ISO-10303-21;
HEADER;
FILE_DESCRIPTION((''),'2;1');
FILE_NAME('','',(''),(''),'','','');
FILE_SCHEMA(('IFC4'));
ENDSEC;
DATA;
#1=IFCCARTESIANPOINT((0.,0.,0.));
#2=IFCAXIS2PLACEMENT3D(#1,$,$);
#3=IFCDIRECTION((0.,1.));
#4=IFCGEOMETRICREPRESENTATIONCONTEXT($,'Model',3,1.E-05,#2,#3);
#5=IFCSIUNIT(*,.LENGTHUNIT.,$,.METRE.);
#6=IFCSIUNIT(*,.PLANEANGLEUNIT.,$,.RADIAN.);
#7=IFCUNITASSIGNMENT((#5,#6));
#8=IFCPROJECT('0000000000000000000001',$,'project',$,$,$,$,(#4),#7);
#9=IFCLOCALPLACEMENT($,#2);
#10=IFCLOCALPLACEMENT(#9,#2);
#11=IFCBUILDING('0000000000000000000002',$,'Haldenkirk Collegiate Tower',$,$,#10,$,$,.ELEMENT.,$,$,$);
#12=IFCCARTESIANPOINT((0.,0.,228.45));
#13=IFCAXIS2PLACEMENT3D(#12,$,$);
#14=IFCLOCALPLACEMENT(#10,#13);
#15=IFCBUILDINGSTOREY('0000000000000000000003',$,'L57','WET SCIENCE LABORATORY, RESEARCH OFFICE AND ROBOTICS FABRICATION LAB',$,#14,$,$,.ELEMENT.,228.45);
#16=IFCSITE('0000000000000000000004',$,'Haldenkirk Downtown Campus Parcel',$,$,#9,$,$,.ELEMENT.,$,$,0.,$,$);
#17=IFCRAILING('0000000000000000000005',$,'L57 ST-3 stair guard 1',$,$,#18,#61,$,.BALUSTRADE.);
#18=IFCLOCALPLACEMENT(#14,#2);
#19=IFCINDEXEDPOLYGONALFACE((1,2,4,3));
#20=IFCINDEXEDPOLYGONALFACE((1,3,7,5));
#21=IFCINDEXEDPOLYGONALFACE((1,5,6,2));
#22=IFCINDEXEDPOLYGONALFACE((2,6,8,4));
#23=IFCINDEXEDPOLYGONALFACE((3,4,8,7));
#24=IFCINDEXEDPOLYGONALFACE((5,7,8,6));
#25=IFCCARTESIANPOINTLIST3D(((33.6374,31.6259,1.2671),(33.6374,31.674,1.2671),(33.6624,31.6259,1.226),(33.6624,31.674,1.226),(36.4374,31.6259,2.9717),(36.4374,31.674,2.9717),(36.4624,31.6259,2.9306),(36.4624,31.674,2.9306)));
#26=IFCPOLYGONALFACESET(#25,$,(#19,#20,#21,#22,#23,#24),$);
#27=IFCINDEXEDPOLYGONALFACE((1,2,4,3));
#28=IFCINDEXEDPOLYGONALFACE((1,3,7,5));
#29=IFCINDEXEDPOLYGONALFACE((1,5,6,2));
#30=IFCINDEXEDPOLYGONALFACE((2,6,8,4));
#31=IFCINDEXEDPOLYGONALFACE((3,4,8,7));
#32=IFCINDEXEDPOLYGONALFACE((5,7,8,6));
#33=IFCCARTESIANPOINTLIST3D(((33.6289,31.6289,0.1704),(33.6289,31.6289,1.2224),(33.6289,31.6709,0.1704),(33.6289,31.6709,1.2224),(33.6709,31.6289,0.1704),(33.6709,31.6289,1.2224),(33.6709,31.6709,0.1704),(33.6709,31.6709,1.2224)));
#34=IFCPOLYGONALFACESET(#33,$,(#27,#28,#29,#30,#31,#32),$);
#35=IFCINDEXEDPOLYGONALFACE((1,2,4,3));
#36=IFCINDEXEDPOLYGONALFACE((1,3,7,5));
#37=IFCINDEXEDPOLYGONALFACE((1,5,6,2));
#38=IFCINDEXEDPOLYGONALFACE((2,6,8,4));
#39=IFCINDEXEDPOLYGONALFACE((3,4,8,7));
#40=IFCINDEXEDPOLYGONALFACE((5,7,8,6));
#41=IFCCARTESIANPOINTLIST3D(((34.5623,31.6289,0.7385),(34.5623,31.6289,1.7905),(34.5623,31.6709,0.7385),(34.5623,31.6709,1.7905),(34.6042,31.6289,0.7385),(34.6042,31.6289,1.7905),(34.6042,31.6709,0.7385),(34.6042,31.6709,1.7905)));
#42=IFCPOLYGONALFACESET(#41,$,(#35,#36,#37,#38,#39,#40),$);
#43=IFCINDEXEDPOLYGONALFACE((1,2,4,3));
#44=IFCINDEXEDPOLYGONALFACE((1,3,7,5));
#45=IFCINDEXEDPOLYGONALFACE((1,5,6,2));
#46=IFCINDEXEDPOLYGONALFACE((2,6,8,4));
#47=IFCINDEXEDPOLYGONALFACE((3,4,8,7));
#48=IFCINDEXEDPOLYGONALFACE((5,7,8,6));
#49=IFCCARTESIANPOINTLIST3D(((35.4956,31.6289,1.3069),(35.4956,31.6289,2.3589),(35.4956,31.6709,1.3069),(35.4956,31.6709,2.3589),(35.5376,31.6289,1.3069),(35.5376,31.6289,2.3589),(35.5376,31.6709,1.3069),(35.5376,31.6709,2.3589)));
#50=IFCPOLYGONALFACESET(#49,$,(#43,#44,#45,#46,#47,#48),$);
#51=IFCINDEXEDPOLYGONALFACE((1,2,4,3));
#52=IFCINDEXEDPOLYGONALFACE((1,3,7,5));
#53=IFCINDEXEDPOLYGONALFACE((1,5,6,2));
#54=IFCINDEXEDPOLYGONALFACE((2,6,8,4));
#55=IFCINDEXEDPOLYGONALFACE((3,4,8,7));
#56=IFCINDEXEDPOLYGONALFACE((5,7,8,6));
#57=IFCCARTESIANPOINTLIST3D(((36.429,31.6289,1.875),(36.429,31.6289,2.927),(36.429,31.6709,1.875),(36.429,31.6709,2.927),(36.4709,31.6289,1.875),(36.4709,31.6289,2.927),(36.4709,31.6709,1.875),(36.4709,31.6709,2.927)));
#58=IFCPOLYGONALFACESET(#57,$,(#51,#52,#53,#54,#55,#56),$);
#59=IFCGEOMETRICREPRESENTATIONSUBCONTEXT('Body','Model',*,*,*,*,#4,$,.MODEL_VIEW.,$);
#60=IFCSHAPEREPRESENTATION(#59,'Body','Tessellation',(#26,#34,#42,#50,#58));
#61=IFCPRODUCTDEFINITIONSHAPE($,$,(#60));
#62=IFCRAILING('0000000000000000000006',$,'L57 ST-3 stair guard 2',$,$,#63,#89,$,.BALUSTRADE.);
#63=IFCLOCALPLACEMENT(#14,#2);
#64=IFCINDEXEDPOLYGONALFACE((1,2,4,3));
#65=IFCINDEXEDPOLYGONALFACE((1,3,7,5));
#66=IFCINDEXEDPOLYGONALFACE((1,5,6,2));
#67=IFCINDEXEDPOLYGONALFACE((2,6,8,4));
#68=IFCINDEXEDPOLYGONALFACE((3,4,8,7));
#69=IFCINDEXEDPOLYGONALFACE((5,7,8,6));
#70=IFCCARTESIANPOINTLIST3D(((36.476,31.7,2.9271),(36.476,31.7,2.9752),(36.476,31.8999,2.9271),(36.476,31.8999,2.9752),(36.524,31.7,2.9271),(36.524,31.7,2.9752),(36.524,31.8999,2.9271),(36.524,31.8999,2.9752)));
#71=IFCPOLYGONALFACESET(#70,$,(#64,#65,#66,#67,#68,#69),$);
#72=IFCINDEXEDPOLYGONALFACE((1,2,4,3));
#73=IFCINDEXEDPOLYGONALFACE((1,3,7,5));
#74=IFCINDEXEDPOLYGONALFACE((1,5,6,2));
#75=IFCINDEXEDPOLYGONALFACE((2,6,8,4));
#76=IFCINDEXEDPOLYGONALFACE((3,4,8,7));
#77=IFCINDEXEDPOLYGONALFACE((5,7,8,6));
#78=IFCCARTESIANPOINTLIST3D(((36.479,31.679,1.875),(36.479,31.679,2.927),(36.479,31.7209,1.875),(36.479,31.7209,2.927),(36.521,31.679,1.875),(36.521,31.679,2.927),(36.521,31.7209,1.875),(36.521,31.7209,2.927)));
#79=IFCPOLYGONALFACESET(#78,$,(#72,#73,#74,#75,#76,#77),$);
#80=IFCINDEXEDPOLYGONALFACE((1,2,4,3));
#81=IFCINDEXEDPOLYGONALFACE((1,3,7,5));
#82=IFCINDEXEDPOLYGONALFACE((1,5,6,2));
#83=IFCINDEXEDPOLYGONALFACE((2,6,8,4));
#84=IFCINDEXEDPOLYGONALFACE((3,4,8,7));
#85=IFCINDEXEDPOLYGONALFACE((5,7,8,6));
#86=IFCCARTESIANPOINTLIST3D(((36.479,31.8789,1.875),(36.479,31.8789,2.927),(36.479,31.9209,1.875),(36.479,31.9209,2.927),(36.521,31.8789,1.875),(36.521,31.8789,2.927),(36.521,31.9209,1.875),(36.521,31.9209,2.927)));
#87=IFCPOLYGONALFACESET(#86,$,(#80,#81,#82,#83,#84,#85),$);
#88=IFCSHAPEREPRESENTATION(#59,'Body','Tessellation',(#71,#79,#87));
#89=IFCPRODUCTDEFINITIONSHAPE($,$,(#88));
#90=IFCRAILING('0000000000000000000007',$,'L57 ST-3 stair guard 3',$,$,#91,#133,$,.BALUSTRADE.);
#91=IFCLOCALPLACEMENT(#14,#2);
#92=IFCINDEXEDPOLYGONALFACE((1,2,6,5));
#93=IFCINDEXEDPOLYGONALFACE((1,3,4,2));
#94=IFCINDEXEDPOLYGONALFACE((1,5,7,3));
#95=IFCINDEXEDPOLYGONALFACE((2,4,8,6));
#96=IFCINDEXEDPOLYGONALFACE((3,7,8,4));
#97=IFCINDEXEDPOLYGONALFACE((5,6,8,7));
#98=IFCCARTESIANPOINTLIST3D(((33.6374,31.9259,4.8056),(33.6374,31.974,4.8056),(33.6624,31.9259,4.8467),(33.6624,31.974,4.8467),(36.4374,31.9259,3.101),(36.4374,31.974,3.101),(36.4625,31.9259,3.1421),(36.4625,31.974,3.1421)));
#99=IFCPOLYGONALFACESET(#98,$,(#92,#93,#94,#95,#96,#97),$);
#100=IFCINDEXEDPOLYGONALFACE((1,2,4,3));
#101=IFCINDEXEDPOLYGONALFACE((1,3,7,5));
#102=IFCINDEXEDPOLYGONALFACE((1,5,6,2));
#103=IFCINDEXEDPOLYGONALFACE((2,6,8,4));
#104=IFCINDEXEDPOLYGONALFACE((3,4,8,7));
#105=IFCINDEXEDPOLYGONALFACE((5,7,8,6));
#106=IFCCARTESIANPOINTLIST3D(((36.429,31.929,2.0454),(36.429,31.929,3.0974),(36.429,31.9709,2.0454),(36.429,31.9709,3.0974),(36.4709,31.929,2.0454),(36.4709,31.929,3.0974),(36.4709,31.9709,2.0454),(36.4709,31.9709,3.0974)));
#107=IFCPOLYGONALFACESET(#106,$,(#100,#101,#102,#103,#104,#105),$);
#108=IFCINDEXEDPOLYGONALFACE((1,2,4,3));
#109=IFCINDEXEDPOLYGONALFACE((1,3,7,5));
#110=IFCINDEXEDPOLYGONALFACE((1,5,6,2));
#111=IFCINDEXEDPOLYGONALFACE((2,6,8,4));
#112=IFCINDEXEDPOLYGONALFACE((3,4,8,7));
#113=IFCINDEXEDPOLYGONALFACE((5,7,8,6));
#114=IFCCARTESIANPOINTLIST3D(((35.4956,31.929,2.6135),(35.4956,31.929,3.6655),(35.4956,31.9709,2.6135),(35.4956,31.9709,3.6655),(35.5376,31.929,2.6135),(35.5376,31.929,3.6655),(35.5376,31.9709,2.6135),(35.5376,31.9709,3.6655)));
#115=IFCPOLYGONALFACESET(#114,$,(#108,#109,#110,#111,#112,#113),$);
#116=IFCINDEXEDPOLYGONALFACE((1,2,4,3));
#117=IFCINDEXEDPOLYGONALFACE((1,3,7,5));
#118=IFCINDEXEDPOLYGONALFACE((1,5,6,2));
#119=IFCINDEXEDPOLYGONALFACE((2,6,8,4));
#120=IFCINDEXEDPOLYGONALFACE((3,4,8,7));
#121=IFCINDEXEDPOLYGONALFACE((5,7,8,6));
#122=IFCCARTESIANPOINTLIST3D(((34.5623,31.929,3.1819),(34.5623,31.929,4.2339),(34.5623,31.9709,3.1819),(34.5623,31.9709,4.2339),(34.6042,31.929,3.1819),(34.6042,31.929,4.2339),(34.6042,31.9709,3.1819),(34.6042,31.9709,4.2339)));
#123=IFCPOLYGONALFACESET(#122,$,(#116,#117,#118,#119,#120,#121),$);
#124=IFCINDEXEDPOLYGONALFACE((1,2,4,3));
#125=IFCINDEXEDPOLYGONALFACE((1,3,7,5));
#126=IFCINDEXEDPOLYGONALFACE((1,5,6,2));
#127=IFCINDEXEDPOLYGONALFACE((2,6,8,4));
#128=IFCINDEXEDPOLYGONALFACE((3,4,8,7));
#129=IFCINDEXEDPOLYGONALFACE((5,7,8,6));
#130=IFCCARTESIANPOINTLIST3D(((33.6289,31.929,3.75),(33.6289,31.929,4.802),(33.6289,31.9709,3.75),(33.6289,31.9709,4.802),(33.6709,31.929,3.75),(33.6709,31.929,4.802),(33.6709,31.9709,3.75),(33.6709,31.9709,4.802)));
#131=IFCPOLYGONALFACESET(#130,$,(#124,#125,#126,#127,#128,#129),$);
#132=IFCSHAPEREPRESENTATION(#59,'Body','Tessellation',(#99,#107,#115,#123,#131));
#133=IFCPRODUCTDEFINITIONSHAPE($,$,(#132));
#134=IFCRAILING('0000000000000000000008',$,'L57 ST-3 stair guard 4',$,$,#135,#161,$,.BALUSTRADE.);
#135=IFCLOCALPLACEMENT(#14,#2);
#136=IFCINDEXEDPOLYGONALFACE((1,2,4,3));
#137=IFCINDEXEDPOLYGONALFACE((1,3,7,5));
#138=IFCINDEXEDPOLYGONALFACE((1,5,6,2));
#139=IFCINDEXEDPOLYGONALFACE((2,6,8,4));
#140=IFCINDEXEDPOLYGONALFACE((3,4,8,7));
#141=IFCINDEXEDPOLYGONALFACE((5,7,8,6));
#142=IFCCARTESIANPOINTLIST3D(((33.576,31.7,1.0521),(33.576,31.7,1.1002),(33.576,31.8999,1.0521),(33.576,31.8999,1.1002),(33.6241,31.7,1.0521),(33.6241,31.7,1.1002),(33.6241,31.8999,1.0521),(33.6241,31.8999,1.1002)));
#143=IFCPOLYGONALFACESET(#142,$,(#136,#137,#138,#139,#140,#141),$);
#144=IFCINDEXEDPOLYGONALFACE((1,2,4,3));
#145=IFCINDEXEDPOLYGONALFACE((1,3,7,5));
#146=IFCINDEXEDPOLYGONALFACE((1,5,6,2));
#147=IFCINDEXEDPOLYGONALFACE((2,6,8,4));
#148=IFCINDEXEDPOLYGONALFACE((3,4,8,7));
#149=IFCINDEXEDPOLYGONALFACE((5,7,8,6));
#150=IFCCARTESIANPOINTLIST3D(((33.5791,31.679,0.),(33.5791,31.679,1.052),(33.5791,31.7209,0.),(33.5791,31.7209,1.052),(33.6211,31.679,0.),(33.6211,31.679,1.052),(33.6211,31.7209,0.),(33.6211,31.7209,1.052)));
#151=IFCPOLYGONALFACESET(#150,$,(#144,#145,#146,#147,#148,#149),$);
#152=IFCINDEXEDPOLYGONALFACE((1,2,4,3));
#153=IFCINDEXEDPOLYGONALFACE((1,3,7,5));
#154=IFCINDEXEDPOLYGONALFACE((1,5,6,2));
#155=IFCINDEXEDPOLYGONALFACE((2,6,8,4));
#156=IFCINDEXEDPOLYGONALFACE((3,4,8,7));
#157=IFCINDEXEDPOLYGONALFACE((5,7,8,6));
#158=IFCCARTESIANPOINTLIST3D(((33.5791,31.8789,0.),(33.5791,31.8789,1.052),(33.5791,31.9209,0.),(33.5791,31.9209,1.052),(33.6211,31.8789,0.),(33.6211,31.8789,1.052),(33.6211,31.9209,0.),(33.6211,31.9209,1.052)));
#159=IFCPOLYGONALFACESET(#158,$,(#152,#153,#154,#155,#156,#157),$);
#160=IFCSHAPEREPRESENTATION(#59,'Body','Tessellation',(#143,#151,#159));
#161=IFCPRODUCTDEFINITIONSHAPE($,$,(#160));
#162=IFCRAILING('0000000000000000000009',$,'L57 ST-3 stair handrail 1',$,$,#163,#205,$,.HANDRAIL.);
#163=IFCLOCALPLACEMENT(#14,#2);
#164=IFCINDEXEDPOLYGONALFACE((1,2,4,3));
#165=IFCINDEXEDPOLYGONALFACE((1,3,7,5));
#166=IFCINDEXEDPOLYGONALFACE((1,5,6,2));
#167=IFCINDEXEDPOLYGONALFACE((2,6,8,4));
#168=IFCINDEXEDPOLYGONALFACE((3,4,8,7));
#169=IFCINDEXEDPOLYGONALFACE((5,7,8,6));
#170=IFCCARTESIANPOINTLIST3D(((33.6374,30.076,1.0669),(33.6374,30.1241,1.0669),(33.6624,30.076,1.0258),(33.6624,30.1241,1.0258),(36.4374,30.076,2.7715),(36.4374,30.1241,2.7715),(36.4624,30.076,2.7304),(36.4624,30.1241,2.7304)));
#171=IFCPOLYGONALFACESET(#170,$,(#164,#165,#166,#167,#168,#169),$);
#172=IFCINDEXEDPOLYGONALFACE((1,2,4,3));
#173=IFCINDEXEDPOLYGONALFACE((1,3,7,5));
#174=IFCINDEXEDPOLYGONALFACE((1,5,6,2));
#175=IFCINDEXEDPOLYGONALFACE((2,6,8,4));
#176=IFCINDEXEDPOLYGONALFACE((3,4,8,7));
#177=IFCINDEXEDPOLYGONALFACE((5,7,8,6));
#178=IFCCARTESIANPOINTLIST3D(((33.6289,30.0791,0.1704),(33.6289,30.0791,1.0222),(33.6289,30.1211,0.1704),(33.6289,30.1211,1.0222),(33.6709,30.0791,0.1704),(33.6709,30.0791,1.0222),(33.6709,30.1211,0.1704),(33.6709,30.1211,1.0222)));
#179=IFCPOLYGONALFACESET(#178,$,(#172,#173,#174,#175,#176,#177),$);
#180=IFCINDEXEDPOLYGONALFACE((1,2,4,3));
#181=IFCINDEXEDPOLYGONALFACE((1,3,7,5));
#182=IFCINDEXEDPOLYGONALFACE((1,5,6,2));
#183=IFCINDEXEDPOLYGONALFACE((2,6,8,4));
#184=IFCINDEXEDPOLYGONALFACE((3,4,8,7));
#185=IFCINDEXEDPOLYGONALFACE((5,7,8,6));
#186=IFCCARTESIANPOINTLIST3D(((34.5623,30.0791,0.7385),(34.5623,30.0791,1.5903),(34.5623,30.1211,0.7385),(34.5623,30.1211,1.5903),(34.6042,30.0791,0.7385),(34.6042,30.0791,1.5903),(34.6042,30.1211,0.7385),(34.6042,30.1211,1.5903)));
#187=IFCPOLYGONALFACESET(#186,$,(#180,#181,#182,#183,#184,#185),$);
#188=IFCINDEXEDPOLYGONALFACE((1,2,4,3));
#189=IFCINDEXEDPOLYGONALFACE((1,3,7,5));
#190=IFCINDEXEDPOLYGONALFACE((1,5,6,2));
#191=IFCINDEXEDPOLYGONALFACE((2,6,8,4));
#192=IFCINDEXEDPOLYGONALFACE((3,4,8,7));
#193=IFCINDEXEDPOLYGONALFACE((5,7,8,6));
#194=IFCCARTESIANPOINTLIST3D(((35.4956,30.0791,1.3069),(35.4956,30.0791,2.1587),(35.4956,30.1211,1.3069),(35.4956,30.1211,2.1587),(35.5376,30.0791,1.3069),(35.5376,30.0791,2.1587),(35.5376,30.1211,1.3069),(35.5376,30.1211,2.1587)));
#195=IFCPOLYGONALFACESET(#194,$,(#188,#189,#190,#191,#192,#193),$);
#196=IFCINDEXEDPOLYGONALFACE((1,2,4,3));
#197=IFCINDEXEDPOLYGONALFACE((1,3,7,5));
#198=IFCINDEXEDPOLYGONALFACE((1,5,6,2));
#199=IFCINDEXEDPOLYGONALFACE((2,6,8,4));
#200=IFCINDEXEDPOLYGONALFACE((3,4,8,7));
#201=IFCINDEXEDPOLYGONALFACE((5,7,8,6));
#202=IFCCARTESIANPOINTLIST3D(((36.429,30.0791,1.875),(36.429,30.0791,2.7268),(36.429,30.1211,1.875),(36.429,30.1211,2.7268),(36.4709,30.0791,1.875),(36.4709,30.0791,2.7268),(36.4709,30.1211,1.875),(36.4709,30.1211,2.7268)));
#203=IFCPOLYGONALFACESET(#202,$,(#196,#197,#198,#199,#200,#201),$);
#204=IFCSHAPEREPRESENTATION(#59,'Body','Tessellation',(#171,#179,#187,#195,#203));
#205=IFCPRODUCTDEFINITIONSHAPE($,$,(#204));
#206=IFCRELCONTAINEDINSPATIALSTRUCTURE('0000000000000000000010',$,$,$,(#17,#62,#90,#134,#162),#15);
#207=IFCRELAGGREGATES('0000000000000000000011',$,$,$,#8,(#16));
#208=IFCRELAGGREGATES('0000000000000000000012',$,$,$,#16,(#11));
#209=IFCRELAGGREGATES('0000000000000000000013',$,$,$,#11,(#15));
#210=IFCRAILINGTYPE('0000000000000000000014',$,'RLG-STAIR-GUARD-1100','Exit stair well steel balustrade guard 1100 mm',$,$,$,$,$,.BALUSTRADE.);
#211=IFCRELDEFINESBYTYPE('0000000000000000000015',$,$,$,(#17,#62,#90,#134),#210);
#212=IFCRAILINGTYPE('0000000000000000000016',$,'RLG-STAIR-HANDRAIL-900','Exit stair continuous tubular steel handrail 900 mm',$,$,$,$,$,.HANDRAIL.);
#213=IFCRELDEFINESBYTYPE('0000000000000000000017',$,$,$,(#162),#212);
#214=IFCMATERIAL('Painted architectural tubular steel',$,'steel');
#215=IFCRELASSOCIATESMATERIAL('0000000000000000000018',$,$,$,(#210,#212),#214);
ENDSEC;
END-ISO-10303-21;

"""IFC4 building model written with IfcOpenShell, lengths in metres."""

from ifc_helpers import new_model, si_unit, direction, frame, origin, origin_2d, place, context, subcontext, project, spatial, rectangle, extrude, material, type_object, element, save


model = new_model("IFC4")

# Units and contexts
model_context = context("Model", 3, precision=1e-05, world=origin(), true_north=direction((0.0, 1.0)))
body_context = subcontext(model_context, "Body", "Model", "MODEL_VIEW")
ifc_project = project(units=[si_unit("LENGTHUNIT", "METRE"), si_unit("PLANEANGLEUNIT", "RADIAN")], contexts=[model_context])

# Site, building, storey
site_placement = place(None, origin())
site = spatial("IfcSite", under=ifc_project, at=site_placement, Name="Haldenkirk Downtown Campus Parcel", CompositionType="ELEMENT", RefElevation=0.0)
building_placement = place(site_placement, origin())
building = spatial("IfcBuilding", under=site, at=building_placement, Name="Haldenkirk Collegiate Tower", CompositionType="ELEMENT")
storey_placement = place(building_placement, frame((0.0, 0.0, 228.45)))
storey = spatial("IfcBuildingStorey", under=building, at=storey_placement, Name="L57", Description="WET SCIENCE LABORATORY, RESEARCH OFFICE AND ROBOTICS FABRICATION LAB", CompositionType="ELEMENT", Elevation=228.45)

# Railings
ifc_material_1 = material(Name="Painted architectural tubular steel", Category="steel")
railing_type_1 = type_object("IfcRailingType", Name="RLG-STAIR-GUARD-1100", Description="Exit stair well steel balustrade guard 1100 mm", PredefinedType="BALUSTRADE", material=ifc_material_1)
railing_1_placement = place(storey_placement, frame((33.6499, 31.6499, 0.1704)))
element("IfcRailing", 1, at=railing_1_placement, inside=storey, type_object=railing_type_1, Name="L57 ST-3 stair guard 1", PredefinedType="BALUSTRADE", context=body_context, shape_type="SweptSolid", body=[
    extrude(rectangle(XDim=0.0481, YDim=0.0481, at=origin_2d()), frame((0.0, 0.0, 1.0762), z_axis=(0.85417, 0.0, 0.519994), x_axis=(0.0, 1.0, 0.0)), (0.0, 0.0, 1.0), 3.2781),
    extrude(rectangle(XDim=0.042, YDim=0.042, at=origin_2d()), origin(), (0.0, 0.0, 1.0), 1.052),
    extrude(rectangle(XDim=0.042, YDim=0.042, at=origin_2d()), frame((0.9333, 0.0, 0.5681)), (0.0, 0.0, 1.0), 1.052),
    extrude(rectangle(XDim=0.042, YDim=0.042, at=origin_2d()), frame((1.8667, 0.0, 1.1365)), (0.0, 0.0, 1.0), 1.052),
    extrude(rectangle(XDim=0.042, YDim=0.042, at=origin_2d()), frame((2.8, 0.0, 1.7046)), (0.0, 0.0, 1.0), 1.052),
])
railing_2_placement = place(storey_placement, frame((36.5, 31.7, 1.875)))
element("IfcRailing", 2, at=railing_2_placement, inside=storey, type_object=railing_type_1, Name="L57 ST-3 stair guard 2", PredefinedType="BALUSTRADE", context=body_context, shape_type="SweptSolid", body=[
    extrude(rectangle(XDim=0.0481, YDim=0.0481, at=origin_2d()), frame((0.0, 0.0, 1.0762), z_axis=(0.0, 1.0, 0.0), x_axis=(-1.0, 0.0, 0.0)), (0.0, 0.0, 1.0), 0.2),
    extrude(rectangle(XDim=0.042, YDim=0.042, at=origin_2d()), origin(), (0.0, 0.0, 1.0), 1.052),
    extrude(rectangle(XDim=0.042, YDim=0.042, at=origin_2d()), frame((0.0, 0.2, 0.0)), (0.0, 0.0, 1.0), 1.052),
])
railing_3_placement = place(storey_placement, frame((36.45, 31.95, 2.0454)))
element("IfcRailing", 3, at=railing_3_placement, inside=storey, type_object=railing_type_1, Name="L57 ST-3 stair guard 3", PredefinedType="BALUSTRADE", context=body_context, shape_type="SweptSolid", body=[
    extrude(rectangle(XDim=0.0481, YDim=0.0481, at=origin_2d()), frame((0.0, 0.0, 1.0762), z_axis=(-0.85417, 0.0, 0.519994), x_axis=(0.0, -1.0, 0.0)), (0.0, 0.0, 1.0), 3.2781),
    extrude(rectangle(XDim=0.042, YDim=0.042, at=origin_2d()), origin(), (0.0, 0.0, 1.0), 1.052),
    extrude(rectangle(XDim=0.042, YDim=0.042, at=origin_2d()), frame((-0.9333, 0.0, 0.5681)), (0.0, 0.0, 1.0), 1.052),
    extrude(rectangle(XDim=0.042, YDim=0.042, at=origin_2d()), frame((-1.8667, 0.0, 1.1365)), (0.0, 0.0, 1.0), 1.052),
    extrude(rectangle(XDim=0.042, YDim=0.042, at=origin_2d()), frame((-2.8, 0.0, 1.7046)), (0.0, 0.0, 1.0), 1.052),
])
railing_4_placement = place(storey_placement, frame((33.6001, 31.7, 0.0)))
element("IfcRailing", 4, at=railing_4_placement, inside=storey, type_object=railing_type_1, Name="L57 ST-3 stair guard 4", PredefinedType="BALUSTRADE", context=body_context, shape_type="SweptSolid", body=[
    extrude(rectangle(XDim=0.0481, YDim=0.0481, at=origin_2d()), frame((0.0, 0.0, 1.0762), z_axis=(0.0, 1.0, 0.0), x_axis=(-1.0, 0.0, 0.0)), (0.0, 0.0, 1.0), 0.2),
    extrude(rectangle(XDim=0.042, YDim=0.042, at=origin_2d()), origin(), (0.0, 0.0, 1.0), 1.052),
    extrude(rectangle(XDim=0.042, YDim=0.042, at=origin_2d()), frame((0.0, 0.2, 0.0)), (0.0, 0.0, 1.0), 1.052),
])
railing_type_2 = type_object("IfcRailingType", Name="RLG-STAIR-HANDRAIL-900", Description="Exit stair continuous tubular steel handrail 900 mm", PredefinedType="HANDRAIL", material=ifc_material_1)
railing_5_placement = place(storey_placement, frame((33.6499, 30.1001, 0.1704)))
element("IfcRailing", 5, at=railing_5_placement, inside=storey, type_object=railing_type_2, Name="L57 ST-3 stair handrail 1", PredefinedType="HANDRAIL", context=body_context, shape_type="SweptSolid", body=[
    extrude(rectangle(XDim=0.0481, YDim=0.0481, at=origin_2d()), frame((0.0, 0.0, 0.876), z_axis=(0.85417, 0.0, 0.519994), x_axis=(0.0, 1.0, 0.0)), (0.0, 0.0, 1.0), 3.2781),
    extrude(rectangle(XDim=0.042, YDim=0.042, at=origin_2d()), origin(), (0.0, 0.0, 1.0), 0.8518),
    extrude(rectangle(XDim=0.042, YDim=0.042, at=origin_2d()), frame((0.9333, 0.0, 0.5681)), (0.0, 0.0, 1.0), 0.8518),
    extrude(rectangle(XDim=0.042, YDim=0.042, at=origin_2d()), frame((1.8667, 0.0, 1.1365)), (0.0, 0.0, 1.0), 0.8518),
    extrude(rectangle(XDim=0.042, YDim=0.042, at=origin_2d()), frame((2.8, 0.0, 1.7046)), (0.0, 0.0, 1.0), 0.8518),
])

save(model, "model.ifc")
